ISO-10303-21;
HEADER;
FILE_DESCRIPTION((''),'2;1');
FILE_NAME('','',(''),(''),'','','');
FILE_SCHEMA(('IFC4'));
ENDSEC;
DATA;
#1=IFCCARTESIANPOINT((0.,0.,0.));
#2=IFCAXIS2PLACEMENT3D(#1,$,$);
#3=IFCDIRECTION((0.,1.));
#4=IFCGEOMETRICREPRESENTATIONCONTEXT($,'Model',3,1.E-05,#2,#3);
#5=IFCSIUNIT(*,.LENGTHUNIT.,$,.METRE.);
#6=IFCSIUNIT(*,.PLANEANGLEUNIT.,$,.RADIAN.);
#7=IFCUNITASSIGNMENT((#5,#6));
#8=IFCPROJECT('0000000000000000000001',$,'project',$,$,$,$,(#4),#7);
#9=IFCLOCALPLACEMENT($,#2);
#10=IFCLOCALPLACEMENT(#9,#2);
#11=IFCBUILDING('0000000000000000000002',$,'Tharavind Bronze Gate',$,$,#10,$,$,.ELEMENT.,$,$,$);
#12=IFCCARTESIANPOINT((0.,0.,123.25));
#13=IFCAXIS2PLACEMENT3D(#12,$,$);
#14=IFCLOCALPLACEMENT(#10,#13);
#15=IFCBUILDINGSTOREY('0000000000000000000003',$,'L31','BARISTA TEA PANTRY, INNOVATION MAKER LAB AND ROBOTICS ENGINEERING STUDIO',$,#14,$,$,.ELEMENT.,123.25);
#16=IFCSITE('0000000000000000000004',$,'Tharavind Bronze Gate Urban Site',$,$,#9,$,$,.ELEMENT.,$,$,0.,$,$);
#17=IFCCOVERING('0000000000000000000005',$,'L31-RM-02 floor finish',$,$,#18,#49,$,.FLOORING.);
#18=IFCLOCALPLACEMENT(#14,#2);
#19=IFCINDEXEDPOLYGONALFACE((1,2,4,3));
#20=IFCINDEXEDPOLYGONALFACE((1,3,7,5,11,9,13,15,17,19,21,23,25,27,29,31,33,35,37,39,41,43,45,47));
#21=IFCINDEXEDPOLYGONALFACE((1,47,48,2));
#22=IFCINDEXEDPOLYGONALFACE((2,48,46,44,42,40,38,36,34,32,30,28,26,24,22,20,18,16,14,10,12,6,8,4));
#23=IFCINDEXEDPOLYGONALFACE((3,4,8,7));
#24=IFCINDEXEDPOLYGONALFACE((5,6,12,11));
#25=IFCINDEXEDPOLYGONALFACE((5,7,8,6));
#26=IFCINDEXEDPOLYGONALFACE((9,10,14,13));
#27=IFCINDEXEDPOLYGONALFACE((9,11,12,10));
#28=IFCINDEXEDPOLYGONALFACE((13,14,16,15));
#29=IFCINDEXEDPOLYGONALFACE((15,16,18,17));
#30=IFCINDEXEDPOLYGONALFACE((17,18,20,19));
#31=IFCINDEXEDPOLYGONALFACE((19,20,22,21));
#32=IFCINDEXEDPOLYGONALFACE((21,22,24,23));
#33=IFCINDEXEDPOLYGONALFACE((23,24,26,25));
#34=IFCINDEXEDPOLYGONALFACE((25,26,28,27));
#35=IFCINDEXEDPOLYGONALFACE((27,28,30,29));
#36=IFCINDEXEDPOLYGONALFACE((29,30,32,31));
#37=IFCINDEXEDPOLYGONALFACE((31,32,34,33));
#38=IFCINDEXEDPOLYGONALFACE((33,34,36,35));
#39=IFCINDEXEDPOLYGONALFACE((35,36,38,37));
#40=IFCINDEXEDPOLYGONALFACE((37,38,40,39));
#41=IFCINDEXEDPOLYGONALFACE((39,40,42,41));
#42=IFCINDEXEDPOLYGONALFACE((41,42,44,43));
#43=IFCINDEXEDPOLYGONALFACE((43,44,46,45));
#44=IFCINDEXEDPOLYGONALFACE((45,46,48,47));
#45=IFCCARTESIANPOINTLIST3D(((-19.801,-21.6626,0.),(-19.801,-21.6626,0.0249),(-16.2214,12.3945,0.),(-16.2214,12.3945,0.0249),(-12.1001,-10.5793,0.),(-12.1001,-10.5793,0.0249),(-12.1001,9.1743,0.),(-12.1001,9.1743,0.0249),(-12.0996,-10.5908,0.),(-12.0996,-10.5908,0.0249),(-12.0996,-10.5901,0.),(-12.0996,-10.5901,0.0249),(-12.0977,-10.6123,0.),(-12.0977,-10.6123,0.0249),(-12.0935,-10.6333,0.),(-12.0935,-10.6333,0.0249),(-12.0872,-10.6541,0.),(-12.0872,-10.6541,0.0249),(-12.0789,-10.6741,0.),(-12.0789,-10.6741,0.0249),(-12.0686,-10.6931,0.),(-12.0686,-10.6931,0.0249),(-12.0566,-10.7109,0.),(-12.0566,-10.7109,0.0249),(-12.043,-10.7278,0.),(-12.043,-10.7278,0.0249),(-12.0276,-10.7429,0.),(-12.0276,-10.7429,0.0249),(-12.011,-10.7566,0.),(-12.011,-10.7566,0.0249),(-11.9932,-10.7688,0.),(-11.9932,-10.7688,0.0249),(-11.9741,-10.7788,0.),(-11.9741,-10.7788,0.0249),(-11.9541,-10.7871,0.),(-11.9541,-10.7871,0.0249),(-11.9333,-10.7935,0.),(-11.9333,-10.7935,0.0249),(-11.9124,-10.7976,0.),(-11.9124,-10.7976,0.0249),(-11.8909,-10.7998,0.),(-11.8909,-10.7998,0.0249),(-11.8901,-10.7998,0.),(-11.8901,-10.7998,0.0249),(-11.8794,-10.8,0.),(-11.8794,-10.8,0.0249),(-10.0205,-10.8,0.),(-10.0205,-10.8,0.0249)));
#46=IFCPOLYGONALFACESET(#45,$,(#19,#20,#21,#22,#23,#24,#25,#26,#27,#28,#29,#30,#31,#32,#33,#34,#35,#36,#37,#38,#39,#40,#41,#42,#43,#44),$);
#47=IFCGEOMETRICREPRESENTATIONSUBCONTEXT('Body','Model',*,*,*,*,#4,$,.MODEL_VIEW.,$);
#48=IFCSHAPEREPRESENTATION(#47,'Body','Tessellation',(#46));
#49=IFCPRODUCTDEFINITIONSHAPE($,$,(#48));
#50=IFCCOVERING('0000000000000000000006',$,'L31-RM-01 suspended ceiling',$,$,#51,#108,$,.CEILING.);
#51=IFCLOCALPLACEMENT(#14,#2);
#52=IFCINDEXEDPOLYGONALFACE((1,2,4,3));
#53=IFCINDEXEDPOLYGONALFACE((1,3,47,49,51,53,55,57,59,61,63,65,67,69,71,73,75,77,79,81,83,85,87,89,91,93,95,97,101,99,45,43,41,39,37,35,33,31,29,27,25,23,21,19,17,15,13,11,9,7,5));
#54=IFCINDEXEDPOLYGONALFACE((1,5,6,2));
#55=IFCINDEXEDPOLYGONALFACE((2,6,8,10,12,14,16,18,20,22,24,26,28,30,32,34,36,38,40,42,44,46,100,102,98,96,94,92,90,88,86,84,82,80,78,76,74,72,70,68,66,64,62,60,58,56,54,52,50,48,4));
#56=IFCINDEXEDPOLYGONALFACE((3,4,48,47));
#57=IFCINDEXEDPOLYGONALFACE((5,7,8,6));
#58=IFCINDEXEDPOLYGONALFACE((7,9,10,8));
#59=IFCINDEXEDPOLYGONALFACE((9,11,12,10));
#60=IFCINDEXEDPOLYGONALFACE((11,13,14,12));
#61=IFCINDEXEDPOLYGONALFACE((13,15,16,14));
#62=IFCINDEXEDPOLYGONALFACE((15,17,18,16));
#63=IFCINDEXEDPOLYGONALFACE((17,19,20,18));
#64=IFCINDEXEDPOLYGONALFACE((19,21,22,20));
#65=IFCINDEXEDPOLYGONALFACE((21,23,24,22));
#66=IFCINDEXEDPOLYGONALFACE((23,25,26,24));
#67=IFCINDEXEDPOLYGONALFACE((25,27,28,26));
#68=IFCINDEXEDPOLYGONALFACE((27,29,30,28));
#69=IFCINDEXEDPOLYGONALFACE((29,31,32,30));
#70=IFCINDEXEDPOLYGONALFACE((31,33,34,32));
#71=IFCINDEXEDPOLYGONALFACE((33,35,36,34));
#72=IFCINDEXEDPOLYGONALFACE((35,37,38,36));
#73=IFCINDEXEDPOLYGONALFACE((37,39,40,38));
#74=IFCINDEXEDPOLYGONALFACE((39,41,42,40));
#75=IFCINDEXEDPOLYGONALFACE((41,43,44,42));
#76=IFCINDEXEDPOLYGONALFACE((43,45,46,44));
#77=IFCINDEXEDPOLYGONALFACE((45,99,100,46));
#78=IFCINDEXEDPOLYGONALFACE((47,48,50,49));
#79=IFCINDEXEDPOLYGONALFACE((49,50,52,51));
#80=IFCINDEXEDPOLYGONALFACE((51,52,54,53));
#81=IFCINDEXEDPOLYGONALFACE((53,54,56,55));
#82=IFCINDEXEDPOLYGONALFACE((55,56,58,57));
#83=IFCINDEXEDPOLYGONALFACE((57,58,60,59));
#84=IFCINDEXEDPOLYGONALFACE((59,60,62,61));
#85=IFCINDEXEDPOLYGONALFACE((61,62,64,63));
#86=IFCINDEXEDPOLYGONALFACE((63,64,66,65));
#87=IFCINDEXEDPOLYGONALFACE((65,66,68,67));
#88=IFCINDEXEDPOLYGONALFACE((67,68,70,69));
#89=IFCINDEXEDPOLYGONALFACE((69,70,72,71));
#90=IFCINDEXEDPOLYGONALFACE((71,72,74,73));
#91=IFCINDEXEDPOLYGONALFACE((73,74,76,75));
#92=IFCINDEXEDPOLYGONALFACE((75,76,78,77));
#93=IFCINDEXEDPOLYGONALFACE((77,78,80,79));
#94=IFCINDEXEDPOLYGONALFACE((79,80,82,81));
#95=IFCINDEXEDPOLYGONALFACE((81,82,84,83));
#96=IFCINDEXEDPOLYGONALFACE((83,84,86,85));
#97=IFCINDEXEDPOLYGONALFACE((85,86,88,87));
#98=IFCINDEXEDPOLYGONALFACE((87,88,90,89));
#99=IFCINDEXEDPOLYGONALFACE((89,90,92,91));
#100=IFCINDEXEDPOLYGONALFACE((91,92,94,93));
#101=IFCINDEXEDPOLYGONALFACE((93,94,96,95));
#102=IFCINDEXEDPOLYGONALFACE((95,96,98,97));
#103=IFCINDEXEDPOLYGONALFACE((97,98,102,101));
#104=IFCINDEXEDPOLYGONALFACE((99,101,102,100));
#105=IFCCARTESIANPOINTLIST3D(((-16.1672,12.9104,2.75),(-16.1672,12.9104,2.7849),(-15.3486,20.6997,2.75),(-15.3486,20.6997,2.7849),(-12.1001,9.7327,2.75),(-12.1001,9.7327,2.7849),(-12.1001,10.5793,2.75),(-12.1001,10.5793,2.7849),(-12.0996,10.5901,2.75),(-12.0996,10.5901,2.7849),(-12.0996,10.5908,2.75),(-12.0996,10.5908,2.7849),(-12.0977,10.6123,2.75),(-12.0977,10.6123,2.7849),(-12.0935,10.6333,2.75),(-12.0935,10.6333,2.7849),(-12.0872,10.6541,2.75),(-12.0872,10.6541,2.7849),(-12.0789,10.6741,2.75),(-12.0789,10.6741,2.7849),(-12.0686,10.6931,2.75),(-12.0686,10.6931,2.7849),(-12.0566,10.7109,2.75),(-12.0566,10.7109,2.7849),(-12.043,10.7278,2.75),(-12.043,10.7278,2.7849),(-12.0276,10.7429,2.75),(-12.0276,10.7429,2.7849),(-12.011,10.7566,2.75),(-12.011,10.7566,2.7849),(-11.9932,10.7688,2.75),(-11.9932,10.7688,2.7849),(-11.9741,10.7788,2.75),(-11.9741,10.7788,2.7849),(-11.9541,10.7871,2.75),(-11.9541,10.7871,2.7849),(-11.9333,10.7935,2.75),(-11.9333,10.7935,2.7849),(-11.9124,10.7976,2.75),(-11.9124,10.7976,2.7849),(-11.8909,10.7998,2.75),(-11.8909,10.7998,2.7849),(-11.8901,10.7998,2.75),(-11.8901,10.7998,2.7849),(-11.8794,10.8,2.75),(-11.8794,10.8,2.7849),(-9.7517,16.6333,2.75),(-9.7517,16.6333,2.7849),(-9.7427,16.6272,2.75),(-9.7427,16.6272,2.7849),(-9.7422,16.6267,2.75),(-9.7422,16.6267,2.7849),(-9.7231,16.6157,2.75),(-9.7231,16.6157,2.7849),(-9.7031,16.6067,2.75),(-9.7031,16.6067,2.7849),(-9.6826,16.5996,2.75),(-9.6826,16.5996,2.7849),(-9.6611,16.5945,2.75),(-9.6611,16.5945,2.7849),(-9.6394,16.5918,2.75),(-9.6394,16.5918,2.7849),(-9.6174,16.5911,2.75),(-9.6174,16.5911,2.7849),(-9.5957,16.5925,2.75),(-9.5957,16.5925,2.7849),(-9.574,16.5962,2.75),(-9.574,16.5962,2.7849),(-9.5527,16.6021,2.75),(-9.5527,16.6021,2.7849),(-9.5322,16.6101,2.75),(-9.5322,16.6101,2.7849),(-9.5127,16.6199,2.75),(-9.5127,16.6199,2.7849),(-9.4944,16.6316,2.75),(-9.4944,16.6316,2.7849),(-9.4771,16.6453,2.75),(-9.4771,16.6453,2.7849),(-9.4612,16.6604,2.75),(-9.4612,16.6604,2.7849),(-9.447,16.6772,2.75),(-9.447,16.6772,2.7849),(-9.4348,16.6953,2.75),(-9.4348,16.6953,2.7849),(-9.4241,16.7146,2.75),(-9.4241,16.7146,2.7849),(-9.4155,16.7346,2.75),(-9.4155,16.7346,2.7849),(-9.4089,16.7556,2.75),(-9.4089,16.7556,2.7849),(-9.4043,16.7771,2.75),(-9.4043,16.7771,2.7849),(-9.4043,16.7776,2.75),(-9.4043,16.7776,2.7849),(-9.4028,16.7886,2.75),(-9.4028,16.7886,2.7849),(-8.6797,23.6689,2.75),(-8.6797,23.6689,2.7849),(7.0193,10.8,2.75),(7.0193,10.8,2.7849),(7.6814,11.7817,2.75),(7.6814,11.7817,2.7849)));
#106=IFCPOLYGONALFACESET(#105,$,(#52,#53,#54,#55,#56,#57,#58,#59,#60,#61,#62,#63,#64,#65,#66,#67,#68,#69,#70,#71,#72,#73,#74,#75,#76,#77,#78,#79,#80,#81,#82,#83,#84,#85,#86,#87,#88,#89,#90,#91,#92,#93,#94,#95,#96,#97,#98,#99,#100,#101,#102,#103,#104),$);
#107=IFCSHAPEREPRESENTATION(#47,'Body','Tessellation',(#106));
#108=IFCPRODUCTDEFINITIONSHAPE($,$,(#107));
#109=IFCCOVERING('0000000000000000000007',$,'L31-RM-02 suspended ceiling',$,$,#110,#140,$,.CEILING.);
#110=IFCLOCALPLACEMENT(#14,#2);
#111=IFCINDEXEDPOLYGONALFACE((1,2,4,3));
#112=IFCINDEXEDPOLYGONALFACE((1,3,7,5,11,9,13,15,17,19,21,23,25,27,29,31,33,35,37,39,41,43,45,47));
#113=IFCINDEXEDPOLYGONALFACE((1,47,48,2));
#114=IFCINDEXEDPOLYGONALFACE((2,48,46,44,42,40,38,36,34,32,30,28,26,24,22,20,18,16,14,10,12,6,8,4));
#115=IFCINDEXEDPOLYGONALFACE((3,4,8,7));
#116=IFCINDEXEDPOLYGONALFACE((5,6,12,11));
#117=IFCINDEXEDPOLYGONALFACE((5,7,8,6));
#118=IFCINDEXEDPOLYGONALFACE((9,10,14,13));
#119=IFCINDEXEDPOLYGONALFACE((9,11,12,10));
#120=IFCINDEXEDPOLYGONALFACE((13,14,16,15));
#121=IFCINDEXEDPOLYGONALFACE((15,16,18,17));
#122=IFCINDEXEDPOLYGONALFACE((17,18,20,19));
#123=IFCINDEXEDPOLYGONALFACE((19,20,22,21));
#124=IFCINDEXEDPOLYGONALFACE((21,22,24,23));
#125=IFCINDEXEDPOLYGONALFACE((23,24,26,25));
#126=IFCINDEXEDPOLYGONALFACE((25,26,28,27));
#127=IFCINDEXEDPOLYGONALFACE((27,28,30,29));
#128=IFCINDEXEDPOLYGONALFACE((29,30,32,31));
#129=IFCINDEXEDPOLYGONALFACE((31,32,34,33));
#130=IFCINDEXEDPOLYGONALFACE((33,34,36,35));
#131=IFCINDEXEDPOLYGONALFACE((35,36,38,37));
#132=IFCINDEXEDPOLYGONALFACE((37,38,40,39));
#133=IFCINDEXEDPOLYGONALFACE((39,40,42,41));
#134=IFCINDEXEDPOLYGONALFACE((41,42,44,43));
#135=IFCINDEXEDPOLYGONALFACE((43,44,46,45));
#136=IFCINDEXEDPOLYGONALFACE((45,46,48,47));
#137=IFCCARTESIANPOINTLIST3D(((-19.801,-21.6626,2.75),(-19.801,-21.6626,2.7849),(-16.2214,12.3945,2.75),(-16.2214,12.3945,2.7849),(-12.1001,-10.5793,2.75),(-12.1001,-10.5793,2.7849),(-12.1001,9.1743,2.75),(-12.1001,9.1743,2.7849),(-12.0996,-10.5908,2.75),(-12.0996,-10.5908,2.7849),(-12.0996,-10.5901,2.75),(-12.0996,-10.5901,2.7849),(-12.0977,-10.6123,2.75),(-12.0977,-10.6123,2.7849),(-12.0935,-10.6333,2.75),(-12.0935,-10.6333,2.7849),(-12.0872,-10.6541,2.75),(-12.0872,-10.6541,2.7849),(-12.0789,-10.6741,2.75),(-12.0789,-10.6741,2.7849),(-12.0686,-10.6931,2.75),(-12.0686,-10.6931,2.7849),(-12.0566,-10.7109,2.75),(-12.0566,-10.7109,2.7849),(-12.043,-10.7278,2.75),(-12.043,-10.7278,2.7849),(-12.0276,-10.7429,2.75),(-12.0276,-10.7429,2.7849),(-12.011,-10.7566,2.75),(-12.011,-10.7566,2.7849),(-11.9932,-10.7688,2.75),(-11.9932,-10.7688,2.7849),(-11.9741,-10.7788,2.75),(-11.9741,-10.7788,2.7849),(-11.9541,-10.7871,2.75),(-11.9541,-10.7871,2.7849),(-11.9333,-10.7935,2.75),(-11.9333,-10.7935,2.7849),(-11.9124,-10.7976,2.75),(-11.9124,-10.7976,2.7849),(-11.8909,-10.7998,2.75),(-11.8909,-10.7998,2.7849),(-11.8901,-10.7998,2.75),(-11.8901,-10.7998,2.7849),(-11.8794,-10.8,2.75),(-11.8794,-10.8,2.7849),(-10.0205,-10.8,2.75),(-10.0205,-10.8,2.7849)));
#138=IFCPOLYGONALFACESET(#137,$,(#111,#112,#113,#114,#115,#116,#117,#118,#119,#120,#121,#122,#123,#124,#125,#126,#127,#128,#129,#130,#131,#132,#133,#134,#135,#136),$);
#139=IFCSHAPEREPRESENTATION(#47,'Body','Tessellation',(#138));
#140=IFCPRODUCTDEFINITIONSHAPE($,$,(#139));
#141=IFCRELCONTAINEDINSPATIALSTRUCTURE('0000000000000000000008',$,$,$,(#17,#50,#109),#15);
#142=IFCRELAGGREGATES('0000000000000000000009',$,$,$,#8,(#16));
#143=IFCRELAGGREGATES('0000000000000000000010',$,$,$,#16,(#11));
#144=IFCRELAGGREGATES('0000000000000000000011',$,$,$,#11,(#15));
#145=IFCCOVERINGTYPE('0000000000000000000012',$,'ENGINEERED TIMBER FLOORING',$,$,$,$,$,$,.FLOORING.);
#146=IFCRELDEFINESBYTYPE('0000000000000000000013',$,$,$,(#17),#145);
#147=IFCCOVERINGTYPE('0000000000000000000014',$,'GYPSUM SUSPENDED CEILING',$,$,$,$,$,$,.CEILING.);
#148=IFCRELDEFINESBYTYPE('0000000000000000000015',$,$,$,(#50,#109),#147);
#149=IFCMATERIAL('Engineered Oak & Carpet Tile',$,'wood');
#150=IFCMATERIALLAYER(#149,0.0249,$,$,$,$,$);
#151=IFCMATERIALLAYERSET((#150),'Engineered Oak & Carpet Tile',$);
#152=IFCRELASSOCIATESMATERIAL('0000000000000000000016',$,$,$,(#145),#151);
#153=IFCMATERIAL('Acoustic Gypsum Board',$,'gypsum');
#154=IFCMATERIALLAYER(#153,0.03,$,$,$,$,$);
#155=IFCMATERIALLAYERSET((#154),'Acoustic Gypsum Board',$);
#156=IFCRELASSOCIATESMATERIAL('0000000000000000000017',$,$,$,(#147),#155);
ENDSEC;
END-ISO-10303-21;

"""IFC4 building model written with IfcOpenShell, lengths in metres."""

from ifc_helpers import new_model, si_unit, direction, frame, origin, place, context, subcontext, project, spatial, polyline, outline, extrude, material, layer, layer_set, type_object, element, save


model = new_model("IFC4")

# Units and contexts
model_context = context("Model", 3, precision=1e-05, world=origin(), true_north=direction((0.0, 1.0)))
body_context = subcontext(model_context, "Body", "Model", "MODEL_VIEW")
ifc_project = project(units=[si_unit("LENGTHUNIT", "METRE"), si_unit("PLANEANGLEUNIT", "RADIAN")], contexts=[model_context])

# Site, building, storey
site_placement = place(None, origin())
site = spatial("IfcSite", under=ifc_project, at=site_placement, Name="Tharavind Bronze Gate Urban Site", CompositionType="ELEMENT", RefElevation=0.0)
building_placement = place(site_placement, origin())
building = spatial("IfcBuilding", under=site, at=building_placement, Name="Tharavind Bronze Gate", CompositionType="ELEMENT")
storey_placement = place(building_placement, frame((0.0, 0.0, 123.25)))
storey = spatial("IfcBuildingStorey", under=building, at=storey_placement, Name="L31", Description="BARISTA TEA PANTRY, INNOVATION MAKER LAB AND ROBOTICS ENGINEERING STUDIO", CompositionType="ELEMENT", Elevation=123.25)

# Coverings
ifc_material_1 = material(Name="Engineered Oak & Carpet Tile", Category="wood")
ifc_layer_1 = layer(ifc_material_1, 0.0249)
ifc_layer_set_1 = layer_set([ifc_layer_1], Name="Engineered Oak & Carpet Tile")
covering_type_1 = type_object("IfcCoveringType", Name="ENGINEERED TIMBER FLOORING", PredefinedType="FLOORING", material=ifc_layer_set_1)
covering_1_placement = place(storey_placement, origin())
element("IfcCovering", 1, at=covering_1_placement, inside=storey, type_object=covering_type_1, Name="L31-RM-02 floor finish", PredefinedType="FLOORING", context=body_context, shape_type="SweptSolid", body=[
    extrude(outline(polyline([(-10.0205, -10.8), (-11.8794, -10.8), (-11.8901, -10.7998), (-11.8909, -10.7998), (-11.9124, -10.7976), (-11.9333, -10.7935), (-11.9541, -10.7871), (-11.9741, -10.7788), (-11.9932, -10.7688), (-12.011, -10.7566), (-12.0276, -10.7429), (-12.043, -10.7278), (-12.0566, -10.7109), (-12.0686, -10.6931), (-12.0789, -10.6741), (-12.0872, -10.6541), (-12.0935, -10.6333), (-12.0977, -10.6123), (-12.0996, -10.5908), (-12.0996, -10.5901), (-12.1001, -10.5793), (-12.1001, 9.1743), (-16.2214, 12.3945), (-19.801, -21.6626), (-10.0205, -10.8)])), origin(), (0.0, 0.0, 1.0), 0.0249),
])
ifc_material_2 = material(Name="Acoustic Gypsum Board", Category="gypsum")
ifc_layer_2 = layer(ifc_material_2, 0.03)
ifc_layer_set_2 = layer_set([ifc_layer_2], Name="Acoustic Gypsum Board")
covering_type_2 = type_object("IfcCoveringType", Name="GYPSUM SUSPENDED CEILING", PredefinedType="CEILING", material=ifc_layer_set_2)
covering_2_placement = place(storey_placement, frame((0.0, 0.0, 2.75)))
element("IfcCovering", 2, at=covering_2_placement, inside=storey, type_object=covering_type_2, Name="L31-RM-01 suspended ceiling", PredefinedType="CEILING", context=body_context, shape_type="SweptSolid", body=[
    extrude(outline(polyline([(-12.1001, 9.7327), (-12.1001, 10.5793), (-12.0996, 10.5901), (-12.0996, 10.5908), (-12.0977, 10.6123), (-12.0935, 10.6333), (-12.0872, 10.6541), (-12.0789, 10.6741), (-12.0686, 10.6931), (-12.0566, 10.7109), (-12.043, 10.7278), (-12.0276, 10.7429), (-12.011, 10.7566), (-11.9932, 10.7688), (-11.9741, 10.7788), (-11.9541, 10.7871), (-11.9333, 10.7935), (-11.9124, 10.7976), (-11.8909, 10.7998), (-11.8901, 10.7998), (-11.8794, 10.8), (7.0193, 10.8), (7.6814, 11.7817), (-8.6797, 23.6689), (-9.4028, 16.7886), (-9.4043, 16.7776), (-9.4043, 16.7771), (-9.4089, 16.7556), (-9.4155, 16.7346), (-9.4241, 16.7146), (-9.4348, 16.6953), (-9.447, 16.6772), (-9.4612, 16.6604), (-9.4771, 16.6453), (-9.4944, 16.6316), (-9.5127, 16.6199), (-9.5322, 16.6101), (-9.5527, 16.6021), (-9.574, 16.5962), (-9.5957, 16.5925), (-9.6174, 16.5911), (-9.6394, 16.5918), (-9.6611, 16.5945), (-9.6826, 16.5996), (-9.7031, 16.6067), (-9.7231, 16.6157), (-9.7422, 16.6267), (-9.7427, 16.6272), (-9.7517, 16.6333), (-15.3486, 20.6997), (-16.1672, 12.9104), (-12.1001, 9.7327)])), origin(), (0.0, 0.0, 1.0), 0.0349),
])
covering_3_placement = place(storey_placement, frame((0.0, 0.0, 2.75)))
element("IfcCovering", 3, at=covering_3_placement, inside=storey, type_object=covering_type_2, Name="L31-RM-02 suspended ceiling", PredefinedType="CEILING", context=body_context, shape_type="SweptSolid", body=[
    extrude(outline(polyline([(-10.0205, -10.8), (-11.8794, -10.8), (-11.8901, -10.7998), (-11.8909, -10.7998), (-11.9124, -10.7976), (-11.9333, -10.7935), (-11.9541, -10.7871), (-11.9741, -10.7788), (-11.9932, -10.7688), (-12.011, -10.7566), (-12.0276, -10.7429), (-12.043, -10.7278), (-12.0566, -10.7109), (-12.0686, -10.6931), (-12.0789, -10.6741), (-12.0872, -10.6541), (-12.0935, -10.6333), (-12.0977, -10.6123), (-12.0996, -10.5908), (-12.0996, -10.5901), (-12.1001, -10.5793), (-12.1001, 9.1743), (-16.2214, 12.3945), (-19.801, -21.6626), (-10.0205, -10.8)])), origin(), (0.0, 0.0, 1.0), 0.0349),
])

save(model, "model.ifc")
